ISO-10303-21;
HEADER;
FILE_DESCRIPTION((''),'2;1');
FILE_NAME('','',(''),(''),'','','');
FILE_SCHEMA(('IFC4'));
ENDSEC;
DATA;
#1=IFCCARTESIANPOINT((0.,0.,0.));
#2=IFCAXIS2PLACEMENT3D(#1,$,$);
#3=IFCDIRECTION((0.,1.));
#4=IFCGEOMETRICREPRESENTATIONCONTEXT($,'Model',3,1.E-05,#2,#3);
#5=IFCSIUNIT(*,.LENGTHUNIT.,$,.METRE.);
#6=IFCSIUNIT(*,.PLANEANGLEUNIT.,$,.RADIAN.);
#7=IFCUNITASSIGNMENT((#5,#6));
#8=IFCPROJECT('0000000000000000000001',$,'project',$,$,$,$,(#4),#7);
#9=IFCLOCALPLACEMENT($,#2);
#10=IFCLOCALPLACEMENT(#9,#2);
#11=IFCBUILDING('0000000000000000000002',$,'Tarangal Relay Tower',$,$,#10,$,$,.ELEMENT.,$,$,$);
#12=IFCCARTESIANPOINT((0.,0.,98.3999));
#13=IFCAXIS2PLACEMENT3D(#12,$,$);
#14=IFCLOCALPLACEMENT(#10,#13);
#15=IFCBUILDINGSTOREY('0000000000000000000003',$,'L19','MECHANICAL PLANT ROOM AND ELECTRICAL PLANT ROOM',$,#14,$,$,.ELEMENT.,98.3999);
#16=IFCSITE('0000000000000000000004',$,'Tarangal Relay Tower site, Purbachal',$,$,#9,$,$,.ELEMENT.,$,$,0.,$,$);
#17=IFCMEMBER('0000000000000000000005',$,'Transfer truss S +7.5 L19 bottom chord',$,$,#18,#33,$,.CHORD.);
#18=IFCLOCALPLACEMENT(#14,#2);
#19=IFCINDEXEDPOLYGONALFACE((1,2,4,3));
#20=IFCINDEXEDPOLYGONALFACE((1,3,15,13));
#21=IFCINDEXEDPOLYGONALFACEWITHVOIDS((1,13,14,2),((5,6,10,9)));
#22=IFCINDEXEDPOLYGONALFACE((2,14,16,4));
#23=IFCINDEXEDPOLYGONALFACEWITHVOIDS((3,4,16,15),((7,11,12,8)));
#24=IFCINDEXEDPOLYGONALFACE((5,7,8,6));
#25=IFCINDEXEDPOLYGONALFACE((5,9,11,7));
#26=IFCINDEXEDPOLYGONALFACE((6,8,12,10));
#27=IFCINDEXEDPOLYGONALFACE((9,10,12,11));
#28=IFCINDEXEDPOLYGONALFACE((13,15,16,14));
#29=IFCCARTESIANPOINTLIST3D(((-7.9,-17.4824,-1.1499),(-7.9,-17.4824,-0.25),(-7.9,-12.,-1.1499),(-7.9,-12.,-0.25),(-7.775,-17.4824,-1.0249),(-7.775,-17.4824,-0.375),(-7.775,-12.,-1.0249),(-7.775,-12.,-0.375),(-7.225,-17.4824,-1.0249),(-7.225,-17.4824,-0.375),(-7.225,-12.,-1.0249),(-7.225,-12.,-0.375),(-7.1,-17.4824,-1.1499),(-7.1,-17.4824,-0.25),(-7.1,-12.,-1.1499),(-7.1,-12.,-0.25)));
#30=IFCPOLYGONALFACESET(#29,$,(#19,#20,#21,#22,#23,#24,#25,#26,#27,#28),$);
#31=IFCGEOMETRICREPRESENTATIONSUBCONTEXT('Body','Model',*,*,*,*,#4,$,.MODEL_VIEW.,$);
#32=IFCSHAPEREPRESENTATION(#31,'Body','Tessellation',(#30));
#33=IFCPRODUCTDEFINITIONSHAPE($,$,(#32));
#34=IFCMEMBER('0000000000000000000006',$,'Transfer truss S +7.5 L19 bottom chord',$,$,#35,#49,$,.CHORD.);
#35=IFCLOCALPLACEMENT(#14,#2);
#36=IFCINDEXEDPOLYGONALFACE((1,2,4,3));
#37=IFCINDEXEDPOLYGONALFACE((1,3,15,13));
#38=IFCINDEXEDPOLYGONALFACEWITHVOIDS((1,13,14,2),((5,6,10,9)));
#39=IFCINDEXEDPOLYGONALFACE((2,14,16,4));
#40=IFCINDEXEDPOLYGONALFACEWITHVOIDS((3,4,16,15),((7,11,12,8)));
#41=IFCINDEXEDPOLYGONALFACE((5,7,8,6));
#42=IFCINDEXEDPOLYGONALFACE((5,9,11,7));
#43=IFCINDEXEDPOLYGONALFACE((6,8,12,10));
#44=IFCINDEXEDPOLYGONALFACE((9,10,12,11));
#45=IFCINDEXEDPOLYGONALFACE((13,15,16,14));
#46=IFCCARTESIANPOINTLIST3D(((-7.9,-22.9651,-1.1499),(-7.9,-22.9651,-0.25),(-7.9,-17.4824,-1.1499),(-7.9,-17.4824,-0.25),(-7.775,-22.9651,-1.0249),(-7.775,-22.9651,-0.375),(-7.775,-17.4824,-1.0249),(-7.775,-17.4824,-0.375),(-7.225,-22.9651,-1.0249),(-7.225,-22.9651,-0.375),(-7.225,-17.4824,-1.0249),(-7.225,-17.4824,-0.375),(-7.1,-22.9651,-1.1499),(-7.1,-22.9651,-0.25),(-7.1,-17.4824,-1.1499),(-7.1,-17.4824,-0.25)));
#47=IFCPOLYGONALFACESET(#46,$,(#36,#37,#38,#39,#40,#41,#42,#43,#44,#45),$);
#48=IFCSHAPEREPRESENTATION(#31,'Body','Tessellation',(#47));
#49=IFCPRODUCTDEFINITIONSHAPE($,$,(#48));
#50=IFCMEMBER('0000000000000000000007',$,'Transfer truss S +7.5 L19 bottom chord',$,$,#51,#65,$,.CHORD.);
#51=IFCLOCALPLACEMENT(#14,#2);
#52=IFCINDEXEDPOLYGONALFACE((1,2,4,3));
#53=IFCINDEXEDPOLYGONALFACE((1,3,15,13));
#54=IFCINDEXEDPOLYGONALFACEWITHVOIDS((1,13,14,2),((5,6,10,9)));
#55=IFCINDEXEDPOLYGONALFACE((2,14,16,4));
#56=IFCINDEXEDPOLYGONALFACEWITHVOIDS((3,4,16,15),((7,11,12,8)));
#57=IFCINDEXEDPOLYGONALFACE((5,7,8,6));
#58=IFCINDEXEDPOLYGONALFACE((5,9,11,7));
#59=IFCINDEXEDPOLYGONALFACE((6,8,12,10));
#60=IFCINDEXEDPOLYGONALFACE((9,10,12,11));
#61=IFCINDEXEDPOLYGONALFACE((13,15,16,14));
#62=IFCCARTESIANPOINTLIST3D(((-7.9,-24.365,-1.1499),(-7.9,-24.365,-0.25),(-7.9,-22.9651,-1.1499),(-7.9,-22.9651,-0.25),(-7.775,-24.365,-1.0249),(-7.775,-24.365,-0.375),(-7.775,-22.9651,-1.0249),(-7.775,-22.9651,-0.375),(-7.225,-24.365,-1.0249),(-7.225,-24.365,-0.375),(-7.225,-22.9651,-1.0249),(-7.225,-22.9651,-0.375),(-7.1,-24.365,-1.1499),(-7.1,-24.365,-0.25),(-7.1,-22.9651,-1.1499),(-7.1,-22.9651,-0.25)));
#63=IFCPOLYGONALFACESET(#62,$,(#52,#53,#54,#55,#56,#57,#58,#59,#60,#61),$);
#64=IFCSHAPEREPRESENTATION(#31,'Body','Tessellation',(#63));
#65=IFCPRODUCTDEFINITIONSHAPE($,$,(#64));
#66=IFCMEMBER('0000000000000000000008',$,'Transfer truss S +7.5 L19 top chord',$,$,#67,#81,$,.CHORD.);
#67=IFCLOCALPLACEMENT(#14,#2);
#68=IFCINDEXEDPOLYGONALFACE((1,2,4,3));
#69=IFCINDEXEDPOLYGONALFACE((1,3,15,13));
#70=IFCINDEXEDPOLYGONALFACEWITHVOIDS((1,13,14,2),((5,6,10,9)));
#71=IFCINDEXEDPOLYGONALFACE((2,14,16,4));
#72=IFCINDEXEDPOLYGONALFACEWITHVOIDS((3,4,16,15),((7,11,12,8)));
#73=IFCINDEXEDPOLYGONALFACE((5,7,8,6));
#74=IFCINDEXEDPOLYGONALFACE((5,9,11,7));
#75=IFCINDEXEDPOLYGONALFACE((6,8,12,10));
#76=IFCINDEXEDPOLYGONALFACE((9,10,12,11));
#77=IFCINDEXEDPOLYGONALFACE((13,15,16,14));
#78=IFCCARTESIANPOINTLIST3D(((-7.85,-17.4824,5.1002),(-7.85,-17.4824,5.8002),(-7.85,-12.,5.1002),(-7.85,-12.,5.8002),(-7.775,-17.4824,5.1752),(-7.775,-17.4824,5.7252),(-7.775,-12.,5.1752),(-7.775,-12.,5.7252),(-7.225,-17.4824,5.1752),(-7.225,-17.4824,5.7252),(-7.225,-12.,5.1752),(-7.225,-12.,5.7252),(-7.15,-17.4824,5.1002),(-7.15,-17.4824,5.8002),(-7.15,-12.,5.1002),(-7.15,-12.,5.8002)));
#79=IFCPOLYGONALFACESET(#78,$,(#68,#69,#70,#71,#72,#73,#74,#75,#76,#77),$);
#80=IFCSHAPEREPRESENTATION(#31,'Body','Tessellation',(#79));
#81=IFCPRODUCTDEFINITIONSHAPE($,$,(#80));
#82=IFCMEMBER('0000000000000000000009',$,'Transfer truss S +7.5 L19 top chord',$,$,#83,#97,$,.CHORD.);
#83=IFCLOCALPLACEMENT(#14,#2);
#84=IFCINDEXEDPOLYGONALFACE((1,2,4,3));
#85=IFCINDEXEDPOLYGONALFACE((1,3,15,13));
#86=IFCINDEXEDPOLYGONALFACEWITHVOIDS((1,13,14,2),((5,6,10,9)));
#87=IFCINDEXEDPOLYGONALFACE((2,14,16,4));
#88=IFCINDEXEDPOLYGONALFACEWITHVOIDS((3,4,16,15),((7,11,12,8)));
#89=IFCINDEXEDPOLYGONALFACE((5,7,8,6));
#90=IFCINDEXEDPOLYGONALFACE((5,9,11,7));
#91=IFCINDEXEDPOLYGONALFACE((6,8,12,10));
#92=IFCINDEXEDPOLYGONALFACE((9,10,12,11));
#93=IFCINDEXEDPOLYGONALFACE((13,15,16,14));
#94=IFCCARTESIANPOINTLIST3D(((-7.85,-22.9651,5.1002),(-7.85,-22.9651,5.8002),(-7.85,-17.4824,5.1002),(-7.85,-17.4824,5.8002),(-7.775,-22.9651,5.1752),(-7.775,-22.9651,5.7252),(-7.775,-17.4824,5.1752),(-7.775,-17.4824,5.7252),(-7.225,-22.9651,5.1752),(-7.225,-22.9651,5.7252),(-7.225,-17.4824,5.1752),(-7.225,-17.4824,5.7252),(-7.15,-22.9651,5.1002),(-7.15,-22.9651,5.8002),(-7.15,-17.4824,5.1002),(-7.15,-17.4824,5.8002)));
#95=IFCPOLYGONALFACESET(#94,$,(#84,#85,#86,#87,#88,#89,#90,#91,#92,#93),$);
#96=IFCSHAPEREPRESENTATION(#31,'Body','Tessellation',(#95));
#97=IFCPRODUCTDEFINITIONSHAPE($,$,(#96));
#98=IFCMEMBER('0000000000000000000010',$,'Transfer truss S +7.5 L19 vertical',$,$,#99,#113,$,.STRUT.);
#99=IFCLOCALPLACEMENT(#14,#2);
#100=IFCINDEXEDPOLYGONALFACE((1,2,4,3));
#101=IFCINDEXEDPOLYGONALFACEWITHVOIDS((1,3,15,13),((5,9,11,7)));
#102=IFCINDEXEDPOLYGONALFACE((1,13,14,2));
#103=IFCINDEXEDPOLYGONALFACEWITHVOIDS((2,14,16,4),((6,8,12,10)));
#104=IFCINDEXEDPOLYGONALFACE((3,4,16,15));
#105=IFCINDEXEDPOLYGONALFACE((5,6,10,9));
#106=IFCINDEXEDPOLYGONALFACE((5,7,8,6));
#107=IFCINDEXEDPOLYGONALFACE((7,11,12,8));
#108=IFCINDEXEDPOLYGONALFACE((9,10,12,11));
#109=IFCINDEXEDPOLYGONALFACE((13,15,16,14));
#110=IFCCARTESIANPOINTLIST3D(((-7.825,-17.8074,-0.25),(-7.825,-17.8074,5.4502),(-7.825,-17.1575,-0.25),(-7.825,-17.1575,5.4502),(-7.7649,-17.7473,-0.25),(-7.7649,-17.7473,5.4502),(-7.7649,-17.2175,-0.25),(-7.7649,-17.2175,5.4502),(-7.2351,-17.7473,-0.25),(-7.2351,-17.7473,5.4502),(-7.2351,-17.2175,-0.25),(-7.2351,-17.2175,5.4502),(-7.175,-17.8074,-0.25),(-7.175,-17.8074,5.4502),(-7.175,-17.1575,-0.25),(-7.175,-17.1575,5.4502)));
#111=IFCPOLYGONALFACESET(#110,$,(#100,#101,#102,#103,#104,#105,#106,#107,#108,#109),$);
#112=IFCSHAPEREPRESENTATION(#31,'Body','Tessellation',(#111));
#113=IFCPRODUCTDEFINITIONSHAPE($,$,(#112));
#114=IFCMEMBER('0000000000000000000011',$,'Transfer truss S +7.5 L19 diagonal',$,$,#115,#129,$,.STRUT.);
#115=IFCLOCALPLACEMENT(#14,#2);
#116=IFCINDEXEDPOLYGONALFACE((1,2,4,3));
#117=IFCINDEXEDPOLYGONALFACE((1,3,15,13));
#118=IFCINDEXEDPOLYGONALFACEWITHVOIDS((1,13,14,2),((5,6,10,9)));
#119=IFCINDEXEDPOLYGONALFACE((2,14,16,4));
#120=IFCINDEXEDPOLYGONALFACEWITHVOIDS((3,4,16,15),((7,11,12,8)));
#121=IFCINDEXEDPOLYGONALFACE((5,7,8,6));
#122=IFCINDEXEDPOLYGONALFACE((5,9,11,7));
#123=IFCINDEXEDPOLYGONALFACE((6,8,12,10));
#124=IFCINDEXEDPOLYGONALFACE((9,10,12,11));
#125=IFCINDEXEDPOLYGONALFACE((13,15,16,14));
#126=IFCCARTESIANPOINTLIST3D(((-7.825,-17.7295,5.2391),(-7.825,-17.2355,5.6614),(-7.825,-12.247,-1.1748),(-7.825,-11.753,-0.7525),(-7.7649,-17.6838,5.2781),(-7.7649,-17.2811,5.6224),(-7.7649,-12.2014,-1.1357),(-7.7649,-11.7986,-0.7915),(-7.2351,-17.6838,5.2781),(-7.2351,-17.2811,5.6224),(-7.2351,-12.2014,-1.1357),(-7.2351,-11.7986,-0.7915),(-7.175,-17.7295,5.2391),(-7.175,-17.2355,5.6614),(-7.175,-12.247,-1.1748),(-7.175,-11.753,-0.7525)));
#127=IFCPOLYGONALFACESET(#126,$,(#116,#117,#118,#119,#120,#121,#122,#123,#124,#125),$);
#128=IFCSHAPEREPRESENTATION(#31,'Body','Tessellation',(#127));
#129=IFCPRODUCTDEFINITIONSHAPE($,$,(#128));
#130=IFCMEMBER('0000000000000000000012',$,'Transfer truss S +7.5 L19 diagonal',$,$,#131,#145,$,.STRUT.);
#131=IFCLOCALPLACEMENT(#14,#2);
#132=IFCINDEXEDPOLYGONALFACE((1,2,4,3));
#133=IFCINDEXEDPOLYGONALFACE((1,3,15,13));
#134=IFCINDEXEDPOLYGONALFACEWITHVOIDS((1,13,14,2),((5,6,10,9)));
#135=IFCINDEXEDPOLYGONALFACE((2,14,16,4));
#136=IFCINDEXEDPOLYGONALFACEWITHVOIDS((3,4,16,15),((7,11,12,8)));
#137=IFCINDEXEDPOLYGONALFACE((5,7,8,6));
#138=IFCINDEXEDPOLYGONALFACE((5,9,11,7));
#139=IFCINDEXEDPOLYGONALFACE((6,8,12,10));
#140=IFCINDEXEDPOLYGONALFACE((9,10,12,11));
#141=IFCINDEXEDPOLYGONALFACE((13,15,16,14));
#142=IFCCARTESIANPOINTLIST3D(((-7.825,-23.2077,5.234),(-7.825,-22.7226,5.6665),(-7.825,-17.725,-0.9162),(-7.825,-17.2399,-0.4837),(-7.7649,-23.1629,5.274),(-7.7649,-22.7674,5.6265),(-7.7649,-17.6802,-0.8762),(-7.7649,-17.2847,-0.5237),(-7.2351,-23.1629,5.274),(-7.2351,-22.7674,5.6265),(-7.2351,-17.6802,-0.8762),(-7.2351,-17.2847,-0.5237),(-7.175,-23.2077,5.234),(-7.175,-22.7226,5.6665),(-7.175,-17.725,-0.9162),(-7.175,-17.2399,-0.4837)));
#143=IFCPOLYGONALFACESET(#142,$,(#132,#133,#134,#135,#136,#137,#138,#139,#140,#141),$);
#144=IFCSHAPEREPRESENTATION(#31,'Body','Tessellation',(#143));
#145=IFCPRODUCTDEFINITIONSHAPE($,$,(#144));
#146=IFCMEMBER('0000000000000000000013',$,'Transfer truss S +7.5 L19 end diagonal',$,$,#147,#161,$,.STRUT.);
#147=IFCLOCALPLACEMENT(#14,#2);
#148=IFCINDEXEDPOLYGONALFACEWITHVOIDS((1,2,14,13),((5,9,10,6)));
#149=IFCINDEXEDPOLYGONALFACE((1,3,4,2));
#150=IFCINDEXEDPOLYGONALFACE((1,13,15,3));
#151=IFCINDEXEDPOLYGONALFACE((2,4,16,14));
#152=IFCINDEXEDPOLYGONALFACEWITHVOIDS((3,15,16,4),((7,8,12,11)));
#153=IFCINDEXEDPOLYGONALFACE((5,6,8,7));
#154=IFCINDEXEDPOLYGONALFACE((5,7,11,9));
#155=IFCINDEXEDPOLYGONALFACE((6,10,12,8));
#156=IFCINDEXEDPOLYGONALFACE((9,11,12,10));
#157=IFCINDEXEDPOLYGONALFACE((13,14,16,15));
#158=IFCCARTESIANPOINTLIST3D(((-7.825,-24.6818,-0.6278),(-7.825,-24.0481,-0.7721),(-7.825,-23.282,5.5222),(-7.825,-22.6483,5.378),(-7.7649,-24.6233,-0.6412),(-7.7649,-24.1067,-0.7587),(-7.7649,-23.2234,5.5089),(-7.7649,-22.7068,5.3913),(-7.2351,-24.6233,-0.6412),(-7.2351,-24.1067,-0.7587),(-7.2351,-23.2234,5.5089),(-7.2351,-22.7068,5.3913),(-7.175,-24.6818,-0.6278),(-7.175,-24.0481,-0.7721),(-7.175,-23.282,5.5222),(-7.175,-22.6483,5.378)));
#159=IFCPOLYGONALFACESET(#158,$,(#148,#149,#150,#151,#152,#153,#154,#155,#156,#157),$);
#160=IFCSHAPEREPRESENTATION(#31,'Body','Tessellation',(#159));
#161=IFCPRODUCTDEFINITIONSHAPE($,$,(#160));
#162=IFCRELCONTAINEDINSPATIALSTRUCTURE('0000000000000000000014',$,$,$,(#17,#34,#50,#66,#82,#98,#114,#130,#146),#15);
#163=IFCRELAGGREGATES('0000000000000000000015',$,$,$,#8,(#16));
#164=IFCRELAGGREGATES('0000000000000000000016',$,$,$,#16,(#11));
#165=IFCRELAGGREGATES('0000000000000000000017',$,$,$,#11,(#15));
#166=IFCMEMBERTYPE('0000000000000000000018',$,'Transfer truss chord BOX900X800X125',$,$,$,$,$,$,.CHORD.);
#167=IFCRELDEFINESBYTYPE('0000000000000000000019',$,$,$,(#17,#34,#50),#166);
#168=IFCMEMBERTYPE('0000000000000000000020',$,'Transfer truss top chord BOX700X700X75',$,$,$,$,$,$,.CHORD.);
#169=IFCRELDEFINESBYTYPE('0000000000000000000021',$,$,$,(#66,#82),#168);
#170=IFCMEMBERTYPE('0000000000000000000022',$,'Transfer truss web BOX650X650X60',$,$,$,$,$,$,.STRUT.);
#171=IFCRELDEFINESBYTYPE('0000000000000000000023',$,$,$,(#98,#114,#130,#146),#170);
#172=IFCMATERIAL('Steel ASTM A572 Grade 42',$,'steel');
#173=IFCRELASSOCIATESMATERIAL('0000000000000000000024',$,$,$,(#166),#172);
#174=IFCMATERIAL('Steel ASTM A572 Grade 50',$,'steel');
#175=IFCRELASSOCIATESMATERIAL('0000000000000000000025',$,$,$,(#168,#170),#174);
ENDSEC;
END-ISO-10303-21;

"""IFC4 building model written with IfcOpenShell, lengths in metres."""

from ifc_helpers import new_model, si_unit, direction, frame, origin, origin_2d, place, context, subcontext, project, spatial, hollow_rectangle, extrude, material, material_profile, profile_set, type_object, element, save


model = new_model("IFC4")

# Units and contexts
model_context = context("Model", 3, precision=1e-05, world=origin(), true_north=direction((0.0, 1.0)))
body_context = subcontext(model_context, "Body", "Model", "MODEL_VIEW")
ifc_project = project(units=[si_unit("LENGTHUNIT", "METRE"), si_unit("PLANEANGLEUNIT", "RADIAN")], contexts=[model_context])

# Site, building, storey
site_placement = place(None, origin())
site = spatial("IfcSite", under=ifc_project, at=site_placement, Name="Tarangal Relay Tower site, Purbachal", CompositionType="ELEMENT", RefElevation=0.0)
building_placement = place(site_placement, origin())
building = spatial("IfcBuilding", under=site, at=building_placement, Name="Tarangal Relay Tower", CompositionType="ELEMENT")
storey_placement = place(building_placement, frame((0.0, 0.0, 98.3999)))
storey = spatial("IfcBuildingStorey", under=building, at=storey_placement, Name="L19", Description="MECHANICAL PLANT ROOM AND ELECTRICAL PLANT ROOM", CompositionType="ELEMENT", Elevation=98.3999)

# Shared definitions
ifc_material_1 = material(Name="Steel ASTM A572 Grade 50", Category="steel")

# Members
ifc_material_2 = material(Name="Steel ASTM A572 Grade 42", Category="steel")
ifc_material_profile_1 = material_profile(ifc_material_2, hollow_rectangle(XDim=0.8, YDim=0.8999, WallThickness=0.125, at=origin_2d()), Name="BOX900X800X125")
ifc_profile_set_1 = profile_set([ifc_material_profile_1], Name="Steel ASTM A572 Grade 42")
member_type_1 = type_object("IfcMemberType", Name="Transfer truss chord BOX900X800X125", PredefinedType="CHORD", material=ifc_profile_set_1)
member_1_placement = place(storey_placement, frame((-7.5, -12.0, -0.7), z_axis=(0.0, -1.0, 0.0), x_axis=(1.0, 0.0, 0.0)))
element("IfcMember", 1, at=member_1_placement, inside=storey, type_object=member_type_1, Name="Transfer truss S +7.5 L19 bottom chord", PredefinedType="CHORD", context=body_context, shape_type="SweptSolid", body=[
    extrude(hollow_rectangle(XDim=0.8, YDim=0.8999, WallThickness=0.125, at=origin_2d()), origin(), (0.0, 0.0, 1.0), 5.4824),
])
member_2_placement = place(storey_placement, frame((-7.5, -17.4824, -0.7), z_axis=(0.0, -1.0, 0.0), x_axis=(1.0, 0.0, 0.0)))
element("IfcMember", 2, at=member_2_placement, inside=storey, type_object=member_type_1, Name="Transfer truss S +7.5 L19 bottom chord", PredefinedType="CHORD", context=body_context, shape_type="SweptSolid", body=[
    extrude(hollow_rectangle(XDim=0.8, YDim=0.8999, WallThickness=0.125, at=origin_2d()), origin(), (0.0, 0.0, 1.0), 5.4827),
])
member_3_placement = place(storey_placement, frame((-7.5, -22.9651, -0.7), z_axis=(0.0, -1.0, 0.0), x_axis=(1.0, 0.0, 0.0)))
element("IfcMember", 3, at=member_3_placement, inside=storey, type_object=member_type_1, Name="Transfer truss S +7.5 L19 bottom chord", PredefinedType="CHORD", context=body_context, shape_type="SweptSolid", body=[
    extrude(hollow_rectangle(XDim=0.8, YDim=0.8999, WallThickness=0.125, at=origin_2d()), origin(), (0.0, 0.0, 1.0), 1.3999),
])
ifc_material_profile_2 = material_profile(ifc_material_1, hollow_rectangle(XDim=0.7, YDim=0.7, WallThickness=0.075, at=origin_2d()), Name="BOX700X700X75")
ifc_profile_set_2 = profile_set([ifc_material_profile_2], Name="Steel ASTM A572 Grade 50")
member_type_2 = type_object("IfcMemberType", Name="Transfer truss top chord BOX700X700X75", PredefinedType="CHORD", material=ifc_profile_set_2)
member_4_placement = place(storey_placement, frame((-7.5, -12.0, 5.4502), z_axis=(0.0, -1.0, 0.0), x_axis=(1.0, 0.0, 0.0)))
element("IfcMember", 4, at=member_4_placement, inside=storey, type_object=member_type_2, Name="Transfer truss S +7.5 L19 top chord", PredefinedType="CHORD", context=body_context, shape_type="SweptSolid", body=[
    extrude(hollow_rectangle(XDim=0.7, YDim=0.7, WallThickness=0.075, at=origin_2d()), origin(), (0.0, 0.0, 1.0), 5.4824),
])
member_5_placement = place(storey_placement, frame((-7.5, -17.4824, 5.4502), z_axis=(0.0, -1.0, 0.0), x_axis=(1.0, 0.0, 0.0)))
element("IfcMember", 5, at=member_5_placement, inside=storey, type_object=member_type_2, Name="Transfer truss S +7.5 L19 top chord", PredefinedType="CHORD", context=body_context, shape_type="SweptSolid", body=[
    extrude(hollow_rectangle(XDim=0.7, YDim=0.7, WallThickness=0.075, at=origin_2d()), origin(), (0.0, 0.0, 1.0), 5.4827),
])
ifc_material_profile_3 = material_profile(ifc_material_1, hollow_rectangle(XDim=0.6499, YDim=0.6499, WallThickness=0.0601, at=origin_2d()), Name="BOX650X650X60")
ifc_profile_set_3 = profile_set([ifc_material_profile_3], Name="Steel ASTM A572 Grade 50")
member_type_3 = type_object("IfcMemberType", Name="Transfer truss web BOX650X650X60", PredefinedType="STRUT", material=ifc_profile_set_3)
member_6_placement = place(storey_placement, frame((-7.5, -17.4824, -0.25), z_axis=(0.0, 0.0, 1.0), x_axis=(1.0, 0.0, 0.0)))
element("IfcMember", 6, at=member_6_placement, inside=storey, type_object=member_type_3, Name="Transfer truss S +7.5 L19 vertical", PredefinedType="STRUT", context=body_context, shape_type="SweptSolid", body=[
    extrude(hollow_rectangle(XDim=0.6499, YDim=0.6499, WallThickness=0.0601, at=origin_2d()), origin(), (0.0, 0.0, 1.0), 5.7002),
])
member_7_placement = place(storey_placement, frame((-7.5, -12.0, -0.9636), z_axis=(0.0, -0.649757, 0.760142), x_axis=(1.0, 0.0, 0.0)))
element("IfcMember", 7, at=member_7_placement, inside=storey, type_object=member_type_3, Name="Transfer truss S +7.5 L19 diagonal", PredefinedType="STRUT", context=body_context, shape_type="SweptSolid", body=[
    extrude(hollow_rectangle(XDim=0.6499, YDim=0.6499, WallThickness=0.0601, at=origin_2d()), origin(), (0.0, 0.0, 1.0), 8.4377),
])
member_8_placement = place(storey_placement, frame((-7.5, -17.4824, -0.7), z_axis=(0.0, -0.665439, 0.746452), x_axis=(1.0, 0.0, 0.0)))
element("IfcMember", 8, at=member_8_placement, inside=storey, type_object=member_type_3, Name="Transfer truss S +7.5 L19 diagonal", PredefinedType="STRUT", context=body_context, shape_type="SweptSolid", body=[
    extrude(hollow_rectangle(XDim=0.6499, YDim=0.6499, WallThickness=0.0601, at=origin_2d()), origin(), (0.0, 0.0, 1.0), 8.2393),
])
member_9_placement = place(storey_placement, frame((-7.5, -24.365, -0.7), z_axis=(0.0, 0.221944, 0.975059), x_axis=(-1.0, 0.0, 0.0)))
element("IfcMember", 9, at=member_9_placement, inside=storey, type_object=member_type_3, Name="Transfer truss S +7.5 L19 end diagonal", PredefinedType="STRUT", context=body_context, shape_type="SweptSolid", body=[
    extrude(hollow_rectangle(XDim=0.6499, YDim=0.6499, WallThickness=0.0601, at=origin_2d()), origin(), (0.0, 0.0, 1.0), 6.3074),
])

save(model, "model.ifc")
